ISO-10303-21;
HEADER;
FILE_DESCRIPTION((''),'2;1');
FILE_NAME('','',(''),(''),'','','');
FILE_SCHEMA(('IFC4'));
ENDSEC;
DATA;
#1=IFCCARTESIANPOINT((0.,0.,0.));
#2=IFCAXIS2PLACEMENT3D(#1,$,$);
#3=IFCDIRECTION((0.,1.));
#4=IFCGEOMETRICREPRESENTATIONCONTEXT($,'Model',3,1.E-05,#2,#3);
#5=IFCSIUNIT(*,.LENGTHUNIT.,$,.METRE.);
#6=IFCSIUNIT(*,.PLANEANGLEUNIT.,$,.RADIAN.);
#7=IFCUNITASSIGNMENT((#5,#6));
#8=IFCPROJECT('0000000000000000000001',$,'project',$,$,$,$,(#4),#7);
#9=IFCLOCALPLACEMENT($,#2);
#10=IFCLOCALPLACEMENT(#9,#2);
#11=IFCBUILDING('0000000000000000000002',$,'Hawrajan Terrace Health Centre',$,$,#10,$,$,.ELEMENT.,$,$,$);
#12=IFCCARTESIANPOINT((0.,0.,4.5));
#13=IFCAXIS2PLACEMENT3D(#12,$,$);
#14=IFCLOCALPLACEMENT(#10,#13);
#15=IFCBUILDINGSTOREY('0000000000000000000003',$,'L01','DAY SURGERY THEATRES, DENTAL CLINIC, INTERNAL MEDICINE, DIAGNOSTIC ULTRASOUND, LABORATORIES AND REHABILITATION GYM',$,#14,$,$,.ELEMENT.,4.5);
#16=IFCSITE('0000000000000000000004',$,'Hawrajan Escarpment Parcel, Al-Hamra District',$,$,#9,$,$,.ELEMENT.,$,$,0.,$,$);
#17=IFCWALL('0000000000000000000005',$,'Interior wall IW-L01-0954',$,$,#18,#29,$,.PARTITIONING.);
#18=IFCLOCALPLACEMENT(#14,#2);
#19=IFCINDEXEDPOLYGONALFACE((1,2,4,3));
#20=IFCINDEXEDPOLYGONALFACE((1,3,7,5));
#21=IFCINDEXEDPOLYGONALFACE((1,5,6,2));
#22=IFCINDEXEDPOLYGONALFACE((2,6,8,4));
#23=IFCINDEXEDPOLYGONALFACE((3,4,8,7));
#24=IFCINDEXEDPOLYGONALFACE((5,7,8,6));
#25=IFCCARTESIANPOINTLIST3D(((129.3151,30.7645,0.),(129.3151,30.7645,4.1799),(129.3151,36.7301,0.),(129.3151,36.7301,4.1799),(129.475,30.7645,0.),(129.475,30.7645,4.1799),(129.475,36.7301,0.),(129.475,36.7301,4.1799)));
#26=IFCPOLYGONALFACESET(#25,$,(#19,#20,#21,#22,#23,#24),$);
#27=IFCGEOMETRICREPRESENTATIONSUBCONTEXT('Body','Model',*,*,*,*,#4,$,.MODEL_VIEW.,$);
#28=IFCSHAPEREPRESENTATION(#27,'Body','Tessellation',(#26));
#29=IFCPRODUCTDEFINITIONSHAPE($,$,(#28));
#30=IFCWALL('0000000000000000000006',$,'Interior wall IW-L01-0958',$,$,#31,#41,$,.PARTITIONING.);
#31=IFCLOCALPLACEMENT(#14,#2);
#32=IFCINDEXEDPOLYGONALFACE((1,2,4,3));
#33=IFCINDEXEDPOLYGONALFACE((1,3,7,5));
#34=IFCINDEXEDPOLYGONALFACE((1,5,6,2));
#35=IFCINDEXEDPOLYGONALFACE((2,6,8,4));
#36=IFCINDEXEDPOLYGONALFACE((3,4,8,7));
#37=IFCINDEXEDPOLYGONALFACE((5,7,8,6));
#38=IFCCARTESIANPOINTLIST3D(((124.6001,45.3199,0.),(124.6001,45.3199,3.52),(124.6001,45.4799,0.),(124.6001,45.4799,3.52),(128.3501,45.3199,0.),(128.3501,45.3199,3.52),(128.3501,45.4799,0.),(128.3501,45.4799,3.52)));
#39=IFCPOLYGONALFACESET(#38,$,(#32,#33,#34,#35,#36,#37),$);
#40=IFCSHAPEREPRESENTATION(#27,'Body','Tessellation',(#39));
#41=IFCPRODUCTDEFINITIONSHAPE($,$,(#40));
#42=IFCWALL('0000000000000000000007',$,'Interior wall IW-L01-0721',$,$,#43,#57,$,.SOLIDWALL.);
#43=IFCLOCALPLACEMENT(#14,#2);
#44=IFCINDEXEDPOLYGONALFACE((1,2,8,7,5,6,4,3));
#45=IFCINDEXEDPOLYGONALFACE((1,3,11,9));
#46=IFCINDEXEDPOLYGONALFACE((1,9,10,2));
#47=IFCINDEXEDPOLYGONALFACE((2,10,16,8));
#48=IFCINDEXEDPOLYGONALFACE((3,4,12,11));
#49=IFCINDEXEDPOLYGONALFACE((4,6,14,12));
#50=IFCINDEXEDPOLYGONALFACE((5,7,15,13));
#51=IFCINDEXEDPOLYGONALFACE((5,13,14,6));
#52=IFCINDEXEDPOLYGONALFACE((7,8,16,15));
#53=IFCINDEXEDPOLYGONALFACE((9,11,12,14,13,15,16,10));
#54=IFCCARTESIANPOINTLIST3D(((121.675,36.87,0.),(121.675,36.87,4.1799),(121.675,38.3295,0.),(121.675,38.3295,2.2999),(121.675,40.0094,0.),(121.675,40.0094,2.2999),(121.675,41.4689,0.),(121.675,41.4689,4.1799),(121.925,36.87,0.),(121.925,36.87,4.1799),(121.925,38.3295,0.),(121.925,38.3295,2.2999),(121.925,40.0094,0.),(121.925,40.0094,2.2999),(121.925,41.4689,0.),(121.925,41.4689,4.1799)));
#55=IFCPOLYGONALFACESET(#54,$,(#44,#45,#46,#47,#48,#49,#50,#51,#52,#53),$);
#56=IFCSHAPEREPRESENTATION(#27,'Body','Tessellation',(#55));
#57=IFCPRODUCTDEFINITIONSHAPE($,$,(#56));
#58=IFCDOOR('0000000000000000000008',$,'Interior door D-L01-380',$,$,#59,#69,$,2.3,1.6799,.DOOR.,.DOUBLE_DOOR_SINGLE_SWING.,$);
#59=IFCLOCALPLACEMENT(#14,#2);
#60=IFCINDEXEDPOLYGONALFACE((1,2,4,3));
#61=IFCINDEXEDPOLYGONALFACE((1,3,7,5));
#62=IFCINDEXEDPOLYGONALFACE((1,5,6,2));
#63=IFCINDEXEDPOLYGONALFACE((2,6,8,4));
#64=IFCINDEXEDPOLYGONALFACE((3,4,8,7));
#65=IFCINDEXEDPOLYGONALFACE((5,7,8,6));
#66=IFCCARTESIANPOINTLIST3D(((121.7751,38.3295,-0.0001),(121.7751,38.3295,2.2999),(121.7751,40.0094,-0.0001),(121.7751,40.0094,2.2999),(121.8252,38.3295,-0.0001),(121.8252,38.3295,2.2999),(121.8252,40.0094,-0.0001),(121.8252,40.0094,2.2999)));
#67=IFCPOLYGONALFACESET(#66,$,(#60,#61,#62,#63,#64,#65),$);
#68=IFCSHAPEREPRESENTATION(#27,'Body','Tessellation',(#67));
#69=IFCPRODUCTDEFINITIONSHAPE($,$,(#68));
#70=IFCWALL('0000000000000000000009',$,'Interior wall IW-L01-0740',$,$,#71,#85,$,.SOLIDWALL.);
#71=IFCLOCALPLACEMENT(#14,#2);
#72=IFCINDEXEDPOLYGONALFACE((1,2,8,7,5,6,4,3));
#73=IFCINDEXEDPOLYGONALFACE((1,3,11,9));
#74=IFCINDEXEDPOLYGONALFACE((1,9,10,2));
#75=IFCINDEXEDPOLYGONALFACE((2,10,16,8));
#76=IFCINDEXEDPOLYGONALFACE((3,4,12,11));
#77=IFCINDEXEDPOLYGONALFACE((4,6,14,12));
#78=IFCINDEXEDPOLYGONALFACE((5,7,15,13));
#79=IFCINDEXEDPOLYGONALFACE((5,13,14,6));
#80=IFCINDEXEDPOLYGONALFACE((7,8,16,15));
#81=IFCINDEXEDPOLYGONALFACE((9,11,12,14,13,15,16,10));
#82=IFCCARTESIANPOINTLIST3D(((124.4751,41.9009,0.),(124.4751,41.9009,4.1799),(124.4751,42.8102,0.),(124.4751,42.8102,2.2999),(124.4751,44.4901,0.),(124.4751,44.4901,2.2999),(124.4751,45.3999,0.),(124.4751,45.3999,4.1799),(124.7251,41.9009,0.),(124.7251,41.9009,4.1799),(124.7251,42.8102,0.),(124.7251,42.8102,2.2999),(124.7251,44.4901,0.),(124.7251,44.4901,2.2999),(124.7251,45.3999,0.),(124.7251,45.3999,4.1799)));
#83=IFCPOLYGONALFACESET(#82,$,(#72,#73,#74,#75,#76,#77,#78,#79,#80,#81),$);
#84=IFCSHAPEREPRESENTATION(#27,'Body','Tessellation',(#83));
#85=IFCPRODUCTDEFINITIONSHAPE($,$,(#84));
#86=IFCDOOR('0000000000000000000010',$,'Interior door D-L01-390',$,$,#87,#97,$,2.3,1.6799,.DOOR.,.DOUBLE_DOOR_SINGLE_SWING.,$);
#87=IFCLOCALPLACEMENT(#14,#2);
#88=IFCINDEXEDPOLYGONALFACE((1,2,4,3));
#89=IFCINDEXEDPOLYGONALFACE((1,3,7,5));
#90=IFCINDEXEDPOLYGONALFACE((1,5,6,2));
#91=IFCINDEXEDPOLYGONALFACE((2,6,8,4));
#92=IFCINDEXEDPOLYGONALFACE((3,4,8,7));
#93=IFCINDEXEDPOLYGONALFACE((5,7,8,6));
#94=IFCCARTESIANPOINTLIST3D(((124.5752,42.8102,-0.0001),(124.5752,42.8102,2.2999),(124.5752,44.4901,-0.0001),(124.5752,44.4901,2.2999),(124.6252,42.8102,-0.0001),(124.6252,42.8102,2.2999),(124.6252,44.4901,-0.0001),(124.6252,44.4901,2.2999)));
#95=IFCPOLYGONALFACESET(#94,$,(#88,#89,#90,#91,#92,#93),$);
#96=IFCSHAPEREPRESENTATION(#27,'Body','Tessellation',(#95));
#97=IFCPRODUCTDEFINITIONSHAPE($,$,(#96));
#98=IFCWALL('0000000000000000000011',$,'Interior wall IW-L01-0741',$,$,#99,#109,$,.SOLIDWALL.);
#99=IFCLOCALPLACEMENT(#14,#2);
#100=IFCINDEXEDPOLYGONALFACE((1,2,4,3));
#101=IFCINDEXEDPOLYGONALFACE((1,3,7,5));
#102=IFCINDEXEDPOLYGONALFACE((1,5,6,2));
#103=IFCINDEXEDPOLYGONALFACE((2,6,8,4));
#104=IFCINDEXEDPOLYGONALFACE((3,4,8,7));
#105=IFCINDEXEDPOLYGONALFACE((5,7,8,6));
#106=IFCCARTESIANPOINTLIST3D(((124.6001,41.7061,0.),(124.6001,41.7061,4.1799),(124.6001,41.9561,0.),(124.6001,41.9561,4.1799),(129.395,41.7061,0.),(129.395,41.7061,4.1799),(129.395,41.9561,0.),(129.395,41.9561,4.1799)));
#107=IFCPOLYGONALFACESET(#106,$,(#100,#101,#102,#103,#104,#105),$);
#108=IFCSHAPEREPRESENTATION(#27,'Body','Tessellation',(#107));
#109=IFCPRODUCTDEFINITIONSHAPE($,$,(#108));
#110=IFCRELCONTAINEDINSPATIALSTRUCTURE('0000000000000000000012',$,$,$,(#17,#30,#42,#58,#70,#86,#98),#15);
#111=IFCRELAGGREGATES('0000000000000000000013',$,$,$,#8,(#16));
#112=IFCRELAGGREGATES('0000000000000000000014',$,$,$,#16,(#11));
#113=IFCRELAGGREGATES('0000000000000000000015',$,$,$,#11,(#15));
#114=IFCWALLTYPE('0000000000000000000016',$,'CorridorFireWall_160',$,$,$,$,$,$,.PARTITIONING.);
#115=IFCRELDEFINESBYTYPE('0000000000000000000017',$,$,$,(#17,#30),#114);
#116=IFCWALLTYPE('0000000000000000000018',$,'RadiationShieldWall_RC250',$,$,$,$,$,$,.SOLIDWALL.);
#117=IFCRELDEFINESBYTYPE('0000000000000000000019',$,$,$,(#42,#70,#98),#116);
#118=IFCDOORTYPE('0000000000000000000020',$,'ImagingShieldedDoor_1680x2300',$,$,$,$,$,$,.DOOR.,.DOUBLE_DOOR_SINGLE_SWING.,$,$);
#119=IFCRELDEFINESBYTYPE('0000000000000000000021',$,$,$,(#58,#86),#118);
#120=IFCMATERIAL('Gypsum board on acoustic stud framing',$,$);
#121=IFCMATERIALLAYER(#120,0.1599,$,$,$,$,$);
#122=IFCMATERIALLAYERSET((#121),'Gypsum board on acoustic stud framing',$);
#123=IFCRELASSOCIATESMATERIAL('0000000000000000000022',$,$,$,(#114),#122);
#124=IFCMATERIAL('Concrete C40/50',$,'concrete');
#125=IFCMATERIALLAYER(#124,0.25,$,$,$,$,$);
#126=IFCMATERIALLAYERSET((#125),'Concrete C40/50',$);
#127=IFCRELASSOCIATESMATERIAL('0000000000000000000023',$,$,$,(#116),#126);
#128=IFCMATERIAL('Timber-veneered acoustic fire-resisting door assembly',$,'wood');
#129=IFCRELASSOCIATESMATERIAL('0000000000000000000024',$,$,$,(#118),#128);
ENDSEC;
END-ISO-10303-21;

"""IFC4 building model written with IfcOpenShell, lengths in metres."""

from ifc_helpers import new_model, si_unit, direction, frame, frame_2d, origin, place, context, subcontext, project, spatial, rectangle, extrude, material, layer, layer_set, type_object, element, fill, save


model = new_model("IFC4")

# Units and contexts
model_context = context("Model", 3, precision=1e-05, world=origin(), true_north=direction((0.0, 1.0)))
body_context = subcontext(model_context, "Body", "Model", "MODEL_VIEW")
ifc_project = project(units=[si_unit("LENGTHUNIT", "METRE"), si_unit("PLANEANGLEUNIT", "RADIAN")], contexts=[model_context])

# Site, building, storey
site_placement = place(None, origin())
site = spatial("IfcSite", under=ifc_project, at=site_placement, Name="Hawrajan Escarpment Parcel, Al-Hamra District", CompositionType="ELEMENT", RefElevation=0.0)
building_placement = place(site_placement, origin())
building = spatial("IfcBuilding", under=site, at=building_placement, Name="Hawrajan Terrace Health Centre", CompositionType="ELEMENT")
storey_placement = place(building_placement, frame((0.0, 0.0, 4.5)))
storey = spatial("IfcBuildingStorey", under=building, at=storey_placement, Name="L01", Description="DAY SURGERY THEATRES, DENTAL CLINIC, INTERNAL MEDICINE, DIAGNOSTIC ULTRASOUND, LABORATORIES AND REHABILITATION GYM", CompositionType="ELEMENT", Elevation=4.5)

# Shared definitions
ifc_material_1 = material(Name="Concrete C40/50", Category="concrete")

# Shared definitions
ifc_material_2 = material(Name="Gypsum board on acoustic stud framing")

# Walls
ifc_layer_1 = layer(ifc_material_2, 0.1599)
ifc_layer_set_1 = layer_set([ifc_layer_1], Name="Gypsum board on acoustic stud framing")
wall_type_1 = type_object("IfcWallType", Name="CorridorFireWall_160", PredefinedType="PARTITIONING", material=ifc_layer_set_1)
wall_1_placement = place(storey_placement, frame((129.395, 30.7644, 0.0), z_axis=(0.0, 0.0, 1.0), x_axis=(0.0, 1.0, 0.0)))
element("IfcWall", 1, at=wall_1_placement, inside=storey, type_object=wall_type_1, Name="Interior wall IW-L01-0954", PredefinedType="PARTITIONING", context=body_context, shape_type="SweptSolid", body=[
    extrude(rectangle(XDim=5.9656, YDim=0.1599, at=frame_2d((2.9829, 0.0))), origin(), (0.0, 0.0, 1.0), 4.1799),
])
wall_2_placement = place(storey_placement, frame((128.3501, 45.3999, 0.0), z_axis=(0.0, 0.0, 1.0), x_axis=(-1.0, 0.0, 0.0)))
element("IfcWall", 2, at=wall_2_placement, inside=storey, type_object=wall_type_1, Name="Interior wall IW-L01-0958", PredefinedType="PARTITIONING", context=body_context, shape_type="SweptSolid", body=[
    extrude(rectangle(XDim=3.75, YDim=0.1599, at=frame_2d((1.875, 0.0))), origin(), (0.0, 0.0, 1.0), 3.52),
])

# Walls, openings, doors
ifc_layer_2 = layer(ifc_material_1, 0.25)
ifc_layer_set_2 = layer_set([ifc_layer_2], Name="Concrete C40/50")
wall_type_2 = type_object("IfcWallType", Name="RadiationShieldWall_RC250", PredefinedType="SOLIDWALL", material=ifc_layer_set_2)
wall_3_placement = place(storey_placement, frame((121.8, 36.8701, 0.0), z_axis=(0.0, 0.0, 1.0), x_axis=(0.0, 1.0, 0.0)))
wall_3 = element("IfcWall", 3, at=wall_3_placement, inside=storey, type_object=wall_type_2, Name="Interior wall IW-L01-0721", PredefinedType="SOLIDWALL", context=body_context, shape_type="SweptSolid", body=[
    extrude(rectangle(XDim=4.5989, YDim=0.25, at=frame_2d((2.2993, 0.0))), origin(), (0.0, 0.0, 1.0), 4.1799),
])
opening_1_placement = place(wall_3_placement, frame((1.4595, 0.0, 0.0)))
opening_1 = element("IfcOpeningElement", 4, at=opening_1_placement, cuts=wall_3, PredefinedType="OPENING", context=body_context, shape_type="SweptSolid", body=[
    extrude(rectangle(XDim=1.6799, YDim=2.3, at=frame_2d((0.8398, 1.1499))), frame((0.0, 0.135, 0.0), z_axis=(0.0, -1.0, 0.0), x_axis=(1.0, 0.0, 0.0)), (0.0, 0.0, 1.0), 0.27),
])
ifc_material_3 = material(Name="Timber-veneered acoustic fire-resisting door assembly", Category="wood")
door_type_1 = type_object("IfcDoorType", Name="ImagingShieldedDoor_1680x2300", OperationType="DOUBLE_DOOR_SINGLE_SWING", PredefinedType="DOOR", material=ifc_material_3)
door_1_placement = place(opening_1_placement, origin())
door_1 = element("IfcDoor", 5, at=door_1_placement, inside=storey, type_object=door_type_1, Name="Interior door D-L01-380", OperationType="DOUBLE_DOOR_SINGLE_SWING", OverallHeight=2.3, OverallWidth=1.6799, PredefinedType="DOOR", context=body_context, shape_type="SweptSolid", body=[
    extrude(rectangle(XDim=1.6799, YDim=2.3, at=frame_2d((0.8398, 1.1499))), frame((0.0, 0.0249, 0.0), z_axis=(0.0, -1.0, 0.0), x_axis=(1.0, 0.0, 0.0)), (0.0, 0.0, 1.0), 0.05),
])
fill(opening_1, door_1)
wall_4_placement = place(storey_placement, frame((124.6001, 41.9009, 0.0), z_axis=(0.0, 0.0, 1.0), x_axis=(0.0, 1.0, 0.0)))
wall_4 = element("IfcWall", 6, at=wall_4_placement, inside=storey, type_object=wall_type_2, Name="Interior wall IW-L01-0740", PredefinedType="SOLIDWALL", context=body_context, shape_type="SweptSolid", body=[
    extrude(rectangle(XDim=3.499, YDim=0.25, at=frame_2d((1.7495, 0.0))), origin(), (0.0, 0.0, 1.0), 4.1799),
])
opening_2_placement = place(wall_4_placement, frame((0.9094, 0.0, 0.0)))
opening_2 = element("IfcOpeningElement", 7, at=opening_2_placement, cuts=wall_4, PredefinedType="OPENING", context=body_context, shape_type="SweptSolid", body=[
    extrude(rectangle(XDim=1.6799, YDim=2.3, at=frame_2d((0.8398, 1.1499))), frame((0.0, 0.135, 0.0), z_axis=(0.0, -1.0, 0.0), x_axis=(1.0, 0.0, 0.0)), (0.0, 0.0, 1.0), 0.27),
])
door_2_placement = place(opening_2_placement, origin())
door_2 = element("IfcDoor", 8, at=door_2_placement, inside=storey, type_object=door_type_1, Name="Interior door D-L01-390", OperationType="DOUBLE_DOOR_SINGLE_SWING", OverallHeight=2.3, OverallWidth=1.6799, PredefinedType="DOOR", context=body_context, shape_type="SweptSolid", body=[
    extrude(rectangle(XDim=1.6799, YDim=2.3, at=frame_2d((0.8398, 1.1499))), frame((0.0, 0.0249, 0.0), z_axis=(0.0, -1.0, 0.0), x_axis=(1.0, 0.0, 0.0)), (0.0, 0.0, 1.0), 0.05),
])
fill(opening_2, door_2)

# Wall
wall_5_placement = place(storey_placement, frame((124.6001, 41.8311, 0.0), z_axis=(0.0, 0.0, 1.0), x_axis=(1.0, 0.0, 0.0)))
element("IfcWall", 9, at=wall_5_placement, inside=storey, type_object=wall_type_2, Name="Interior wall IW-L01-0741", PredefinedType="SOLIDWALL", context=body_context, shape_type="SweptSolid", body=[
    extrude(rectangle(XDim=4.7949, YDim=0.25, at=frame_2d((2.3975, 0.0))), origin(), (0.0, 0.0, 1.0), 4.1799),
])

save(model, "model.ifc")
